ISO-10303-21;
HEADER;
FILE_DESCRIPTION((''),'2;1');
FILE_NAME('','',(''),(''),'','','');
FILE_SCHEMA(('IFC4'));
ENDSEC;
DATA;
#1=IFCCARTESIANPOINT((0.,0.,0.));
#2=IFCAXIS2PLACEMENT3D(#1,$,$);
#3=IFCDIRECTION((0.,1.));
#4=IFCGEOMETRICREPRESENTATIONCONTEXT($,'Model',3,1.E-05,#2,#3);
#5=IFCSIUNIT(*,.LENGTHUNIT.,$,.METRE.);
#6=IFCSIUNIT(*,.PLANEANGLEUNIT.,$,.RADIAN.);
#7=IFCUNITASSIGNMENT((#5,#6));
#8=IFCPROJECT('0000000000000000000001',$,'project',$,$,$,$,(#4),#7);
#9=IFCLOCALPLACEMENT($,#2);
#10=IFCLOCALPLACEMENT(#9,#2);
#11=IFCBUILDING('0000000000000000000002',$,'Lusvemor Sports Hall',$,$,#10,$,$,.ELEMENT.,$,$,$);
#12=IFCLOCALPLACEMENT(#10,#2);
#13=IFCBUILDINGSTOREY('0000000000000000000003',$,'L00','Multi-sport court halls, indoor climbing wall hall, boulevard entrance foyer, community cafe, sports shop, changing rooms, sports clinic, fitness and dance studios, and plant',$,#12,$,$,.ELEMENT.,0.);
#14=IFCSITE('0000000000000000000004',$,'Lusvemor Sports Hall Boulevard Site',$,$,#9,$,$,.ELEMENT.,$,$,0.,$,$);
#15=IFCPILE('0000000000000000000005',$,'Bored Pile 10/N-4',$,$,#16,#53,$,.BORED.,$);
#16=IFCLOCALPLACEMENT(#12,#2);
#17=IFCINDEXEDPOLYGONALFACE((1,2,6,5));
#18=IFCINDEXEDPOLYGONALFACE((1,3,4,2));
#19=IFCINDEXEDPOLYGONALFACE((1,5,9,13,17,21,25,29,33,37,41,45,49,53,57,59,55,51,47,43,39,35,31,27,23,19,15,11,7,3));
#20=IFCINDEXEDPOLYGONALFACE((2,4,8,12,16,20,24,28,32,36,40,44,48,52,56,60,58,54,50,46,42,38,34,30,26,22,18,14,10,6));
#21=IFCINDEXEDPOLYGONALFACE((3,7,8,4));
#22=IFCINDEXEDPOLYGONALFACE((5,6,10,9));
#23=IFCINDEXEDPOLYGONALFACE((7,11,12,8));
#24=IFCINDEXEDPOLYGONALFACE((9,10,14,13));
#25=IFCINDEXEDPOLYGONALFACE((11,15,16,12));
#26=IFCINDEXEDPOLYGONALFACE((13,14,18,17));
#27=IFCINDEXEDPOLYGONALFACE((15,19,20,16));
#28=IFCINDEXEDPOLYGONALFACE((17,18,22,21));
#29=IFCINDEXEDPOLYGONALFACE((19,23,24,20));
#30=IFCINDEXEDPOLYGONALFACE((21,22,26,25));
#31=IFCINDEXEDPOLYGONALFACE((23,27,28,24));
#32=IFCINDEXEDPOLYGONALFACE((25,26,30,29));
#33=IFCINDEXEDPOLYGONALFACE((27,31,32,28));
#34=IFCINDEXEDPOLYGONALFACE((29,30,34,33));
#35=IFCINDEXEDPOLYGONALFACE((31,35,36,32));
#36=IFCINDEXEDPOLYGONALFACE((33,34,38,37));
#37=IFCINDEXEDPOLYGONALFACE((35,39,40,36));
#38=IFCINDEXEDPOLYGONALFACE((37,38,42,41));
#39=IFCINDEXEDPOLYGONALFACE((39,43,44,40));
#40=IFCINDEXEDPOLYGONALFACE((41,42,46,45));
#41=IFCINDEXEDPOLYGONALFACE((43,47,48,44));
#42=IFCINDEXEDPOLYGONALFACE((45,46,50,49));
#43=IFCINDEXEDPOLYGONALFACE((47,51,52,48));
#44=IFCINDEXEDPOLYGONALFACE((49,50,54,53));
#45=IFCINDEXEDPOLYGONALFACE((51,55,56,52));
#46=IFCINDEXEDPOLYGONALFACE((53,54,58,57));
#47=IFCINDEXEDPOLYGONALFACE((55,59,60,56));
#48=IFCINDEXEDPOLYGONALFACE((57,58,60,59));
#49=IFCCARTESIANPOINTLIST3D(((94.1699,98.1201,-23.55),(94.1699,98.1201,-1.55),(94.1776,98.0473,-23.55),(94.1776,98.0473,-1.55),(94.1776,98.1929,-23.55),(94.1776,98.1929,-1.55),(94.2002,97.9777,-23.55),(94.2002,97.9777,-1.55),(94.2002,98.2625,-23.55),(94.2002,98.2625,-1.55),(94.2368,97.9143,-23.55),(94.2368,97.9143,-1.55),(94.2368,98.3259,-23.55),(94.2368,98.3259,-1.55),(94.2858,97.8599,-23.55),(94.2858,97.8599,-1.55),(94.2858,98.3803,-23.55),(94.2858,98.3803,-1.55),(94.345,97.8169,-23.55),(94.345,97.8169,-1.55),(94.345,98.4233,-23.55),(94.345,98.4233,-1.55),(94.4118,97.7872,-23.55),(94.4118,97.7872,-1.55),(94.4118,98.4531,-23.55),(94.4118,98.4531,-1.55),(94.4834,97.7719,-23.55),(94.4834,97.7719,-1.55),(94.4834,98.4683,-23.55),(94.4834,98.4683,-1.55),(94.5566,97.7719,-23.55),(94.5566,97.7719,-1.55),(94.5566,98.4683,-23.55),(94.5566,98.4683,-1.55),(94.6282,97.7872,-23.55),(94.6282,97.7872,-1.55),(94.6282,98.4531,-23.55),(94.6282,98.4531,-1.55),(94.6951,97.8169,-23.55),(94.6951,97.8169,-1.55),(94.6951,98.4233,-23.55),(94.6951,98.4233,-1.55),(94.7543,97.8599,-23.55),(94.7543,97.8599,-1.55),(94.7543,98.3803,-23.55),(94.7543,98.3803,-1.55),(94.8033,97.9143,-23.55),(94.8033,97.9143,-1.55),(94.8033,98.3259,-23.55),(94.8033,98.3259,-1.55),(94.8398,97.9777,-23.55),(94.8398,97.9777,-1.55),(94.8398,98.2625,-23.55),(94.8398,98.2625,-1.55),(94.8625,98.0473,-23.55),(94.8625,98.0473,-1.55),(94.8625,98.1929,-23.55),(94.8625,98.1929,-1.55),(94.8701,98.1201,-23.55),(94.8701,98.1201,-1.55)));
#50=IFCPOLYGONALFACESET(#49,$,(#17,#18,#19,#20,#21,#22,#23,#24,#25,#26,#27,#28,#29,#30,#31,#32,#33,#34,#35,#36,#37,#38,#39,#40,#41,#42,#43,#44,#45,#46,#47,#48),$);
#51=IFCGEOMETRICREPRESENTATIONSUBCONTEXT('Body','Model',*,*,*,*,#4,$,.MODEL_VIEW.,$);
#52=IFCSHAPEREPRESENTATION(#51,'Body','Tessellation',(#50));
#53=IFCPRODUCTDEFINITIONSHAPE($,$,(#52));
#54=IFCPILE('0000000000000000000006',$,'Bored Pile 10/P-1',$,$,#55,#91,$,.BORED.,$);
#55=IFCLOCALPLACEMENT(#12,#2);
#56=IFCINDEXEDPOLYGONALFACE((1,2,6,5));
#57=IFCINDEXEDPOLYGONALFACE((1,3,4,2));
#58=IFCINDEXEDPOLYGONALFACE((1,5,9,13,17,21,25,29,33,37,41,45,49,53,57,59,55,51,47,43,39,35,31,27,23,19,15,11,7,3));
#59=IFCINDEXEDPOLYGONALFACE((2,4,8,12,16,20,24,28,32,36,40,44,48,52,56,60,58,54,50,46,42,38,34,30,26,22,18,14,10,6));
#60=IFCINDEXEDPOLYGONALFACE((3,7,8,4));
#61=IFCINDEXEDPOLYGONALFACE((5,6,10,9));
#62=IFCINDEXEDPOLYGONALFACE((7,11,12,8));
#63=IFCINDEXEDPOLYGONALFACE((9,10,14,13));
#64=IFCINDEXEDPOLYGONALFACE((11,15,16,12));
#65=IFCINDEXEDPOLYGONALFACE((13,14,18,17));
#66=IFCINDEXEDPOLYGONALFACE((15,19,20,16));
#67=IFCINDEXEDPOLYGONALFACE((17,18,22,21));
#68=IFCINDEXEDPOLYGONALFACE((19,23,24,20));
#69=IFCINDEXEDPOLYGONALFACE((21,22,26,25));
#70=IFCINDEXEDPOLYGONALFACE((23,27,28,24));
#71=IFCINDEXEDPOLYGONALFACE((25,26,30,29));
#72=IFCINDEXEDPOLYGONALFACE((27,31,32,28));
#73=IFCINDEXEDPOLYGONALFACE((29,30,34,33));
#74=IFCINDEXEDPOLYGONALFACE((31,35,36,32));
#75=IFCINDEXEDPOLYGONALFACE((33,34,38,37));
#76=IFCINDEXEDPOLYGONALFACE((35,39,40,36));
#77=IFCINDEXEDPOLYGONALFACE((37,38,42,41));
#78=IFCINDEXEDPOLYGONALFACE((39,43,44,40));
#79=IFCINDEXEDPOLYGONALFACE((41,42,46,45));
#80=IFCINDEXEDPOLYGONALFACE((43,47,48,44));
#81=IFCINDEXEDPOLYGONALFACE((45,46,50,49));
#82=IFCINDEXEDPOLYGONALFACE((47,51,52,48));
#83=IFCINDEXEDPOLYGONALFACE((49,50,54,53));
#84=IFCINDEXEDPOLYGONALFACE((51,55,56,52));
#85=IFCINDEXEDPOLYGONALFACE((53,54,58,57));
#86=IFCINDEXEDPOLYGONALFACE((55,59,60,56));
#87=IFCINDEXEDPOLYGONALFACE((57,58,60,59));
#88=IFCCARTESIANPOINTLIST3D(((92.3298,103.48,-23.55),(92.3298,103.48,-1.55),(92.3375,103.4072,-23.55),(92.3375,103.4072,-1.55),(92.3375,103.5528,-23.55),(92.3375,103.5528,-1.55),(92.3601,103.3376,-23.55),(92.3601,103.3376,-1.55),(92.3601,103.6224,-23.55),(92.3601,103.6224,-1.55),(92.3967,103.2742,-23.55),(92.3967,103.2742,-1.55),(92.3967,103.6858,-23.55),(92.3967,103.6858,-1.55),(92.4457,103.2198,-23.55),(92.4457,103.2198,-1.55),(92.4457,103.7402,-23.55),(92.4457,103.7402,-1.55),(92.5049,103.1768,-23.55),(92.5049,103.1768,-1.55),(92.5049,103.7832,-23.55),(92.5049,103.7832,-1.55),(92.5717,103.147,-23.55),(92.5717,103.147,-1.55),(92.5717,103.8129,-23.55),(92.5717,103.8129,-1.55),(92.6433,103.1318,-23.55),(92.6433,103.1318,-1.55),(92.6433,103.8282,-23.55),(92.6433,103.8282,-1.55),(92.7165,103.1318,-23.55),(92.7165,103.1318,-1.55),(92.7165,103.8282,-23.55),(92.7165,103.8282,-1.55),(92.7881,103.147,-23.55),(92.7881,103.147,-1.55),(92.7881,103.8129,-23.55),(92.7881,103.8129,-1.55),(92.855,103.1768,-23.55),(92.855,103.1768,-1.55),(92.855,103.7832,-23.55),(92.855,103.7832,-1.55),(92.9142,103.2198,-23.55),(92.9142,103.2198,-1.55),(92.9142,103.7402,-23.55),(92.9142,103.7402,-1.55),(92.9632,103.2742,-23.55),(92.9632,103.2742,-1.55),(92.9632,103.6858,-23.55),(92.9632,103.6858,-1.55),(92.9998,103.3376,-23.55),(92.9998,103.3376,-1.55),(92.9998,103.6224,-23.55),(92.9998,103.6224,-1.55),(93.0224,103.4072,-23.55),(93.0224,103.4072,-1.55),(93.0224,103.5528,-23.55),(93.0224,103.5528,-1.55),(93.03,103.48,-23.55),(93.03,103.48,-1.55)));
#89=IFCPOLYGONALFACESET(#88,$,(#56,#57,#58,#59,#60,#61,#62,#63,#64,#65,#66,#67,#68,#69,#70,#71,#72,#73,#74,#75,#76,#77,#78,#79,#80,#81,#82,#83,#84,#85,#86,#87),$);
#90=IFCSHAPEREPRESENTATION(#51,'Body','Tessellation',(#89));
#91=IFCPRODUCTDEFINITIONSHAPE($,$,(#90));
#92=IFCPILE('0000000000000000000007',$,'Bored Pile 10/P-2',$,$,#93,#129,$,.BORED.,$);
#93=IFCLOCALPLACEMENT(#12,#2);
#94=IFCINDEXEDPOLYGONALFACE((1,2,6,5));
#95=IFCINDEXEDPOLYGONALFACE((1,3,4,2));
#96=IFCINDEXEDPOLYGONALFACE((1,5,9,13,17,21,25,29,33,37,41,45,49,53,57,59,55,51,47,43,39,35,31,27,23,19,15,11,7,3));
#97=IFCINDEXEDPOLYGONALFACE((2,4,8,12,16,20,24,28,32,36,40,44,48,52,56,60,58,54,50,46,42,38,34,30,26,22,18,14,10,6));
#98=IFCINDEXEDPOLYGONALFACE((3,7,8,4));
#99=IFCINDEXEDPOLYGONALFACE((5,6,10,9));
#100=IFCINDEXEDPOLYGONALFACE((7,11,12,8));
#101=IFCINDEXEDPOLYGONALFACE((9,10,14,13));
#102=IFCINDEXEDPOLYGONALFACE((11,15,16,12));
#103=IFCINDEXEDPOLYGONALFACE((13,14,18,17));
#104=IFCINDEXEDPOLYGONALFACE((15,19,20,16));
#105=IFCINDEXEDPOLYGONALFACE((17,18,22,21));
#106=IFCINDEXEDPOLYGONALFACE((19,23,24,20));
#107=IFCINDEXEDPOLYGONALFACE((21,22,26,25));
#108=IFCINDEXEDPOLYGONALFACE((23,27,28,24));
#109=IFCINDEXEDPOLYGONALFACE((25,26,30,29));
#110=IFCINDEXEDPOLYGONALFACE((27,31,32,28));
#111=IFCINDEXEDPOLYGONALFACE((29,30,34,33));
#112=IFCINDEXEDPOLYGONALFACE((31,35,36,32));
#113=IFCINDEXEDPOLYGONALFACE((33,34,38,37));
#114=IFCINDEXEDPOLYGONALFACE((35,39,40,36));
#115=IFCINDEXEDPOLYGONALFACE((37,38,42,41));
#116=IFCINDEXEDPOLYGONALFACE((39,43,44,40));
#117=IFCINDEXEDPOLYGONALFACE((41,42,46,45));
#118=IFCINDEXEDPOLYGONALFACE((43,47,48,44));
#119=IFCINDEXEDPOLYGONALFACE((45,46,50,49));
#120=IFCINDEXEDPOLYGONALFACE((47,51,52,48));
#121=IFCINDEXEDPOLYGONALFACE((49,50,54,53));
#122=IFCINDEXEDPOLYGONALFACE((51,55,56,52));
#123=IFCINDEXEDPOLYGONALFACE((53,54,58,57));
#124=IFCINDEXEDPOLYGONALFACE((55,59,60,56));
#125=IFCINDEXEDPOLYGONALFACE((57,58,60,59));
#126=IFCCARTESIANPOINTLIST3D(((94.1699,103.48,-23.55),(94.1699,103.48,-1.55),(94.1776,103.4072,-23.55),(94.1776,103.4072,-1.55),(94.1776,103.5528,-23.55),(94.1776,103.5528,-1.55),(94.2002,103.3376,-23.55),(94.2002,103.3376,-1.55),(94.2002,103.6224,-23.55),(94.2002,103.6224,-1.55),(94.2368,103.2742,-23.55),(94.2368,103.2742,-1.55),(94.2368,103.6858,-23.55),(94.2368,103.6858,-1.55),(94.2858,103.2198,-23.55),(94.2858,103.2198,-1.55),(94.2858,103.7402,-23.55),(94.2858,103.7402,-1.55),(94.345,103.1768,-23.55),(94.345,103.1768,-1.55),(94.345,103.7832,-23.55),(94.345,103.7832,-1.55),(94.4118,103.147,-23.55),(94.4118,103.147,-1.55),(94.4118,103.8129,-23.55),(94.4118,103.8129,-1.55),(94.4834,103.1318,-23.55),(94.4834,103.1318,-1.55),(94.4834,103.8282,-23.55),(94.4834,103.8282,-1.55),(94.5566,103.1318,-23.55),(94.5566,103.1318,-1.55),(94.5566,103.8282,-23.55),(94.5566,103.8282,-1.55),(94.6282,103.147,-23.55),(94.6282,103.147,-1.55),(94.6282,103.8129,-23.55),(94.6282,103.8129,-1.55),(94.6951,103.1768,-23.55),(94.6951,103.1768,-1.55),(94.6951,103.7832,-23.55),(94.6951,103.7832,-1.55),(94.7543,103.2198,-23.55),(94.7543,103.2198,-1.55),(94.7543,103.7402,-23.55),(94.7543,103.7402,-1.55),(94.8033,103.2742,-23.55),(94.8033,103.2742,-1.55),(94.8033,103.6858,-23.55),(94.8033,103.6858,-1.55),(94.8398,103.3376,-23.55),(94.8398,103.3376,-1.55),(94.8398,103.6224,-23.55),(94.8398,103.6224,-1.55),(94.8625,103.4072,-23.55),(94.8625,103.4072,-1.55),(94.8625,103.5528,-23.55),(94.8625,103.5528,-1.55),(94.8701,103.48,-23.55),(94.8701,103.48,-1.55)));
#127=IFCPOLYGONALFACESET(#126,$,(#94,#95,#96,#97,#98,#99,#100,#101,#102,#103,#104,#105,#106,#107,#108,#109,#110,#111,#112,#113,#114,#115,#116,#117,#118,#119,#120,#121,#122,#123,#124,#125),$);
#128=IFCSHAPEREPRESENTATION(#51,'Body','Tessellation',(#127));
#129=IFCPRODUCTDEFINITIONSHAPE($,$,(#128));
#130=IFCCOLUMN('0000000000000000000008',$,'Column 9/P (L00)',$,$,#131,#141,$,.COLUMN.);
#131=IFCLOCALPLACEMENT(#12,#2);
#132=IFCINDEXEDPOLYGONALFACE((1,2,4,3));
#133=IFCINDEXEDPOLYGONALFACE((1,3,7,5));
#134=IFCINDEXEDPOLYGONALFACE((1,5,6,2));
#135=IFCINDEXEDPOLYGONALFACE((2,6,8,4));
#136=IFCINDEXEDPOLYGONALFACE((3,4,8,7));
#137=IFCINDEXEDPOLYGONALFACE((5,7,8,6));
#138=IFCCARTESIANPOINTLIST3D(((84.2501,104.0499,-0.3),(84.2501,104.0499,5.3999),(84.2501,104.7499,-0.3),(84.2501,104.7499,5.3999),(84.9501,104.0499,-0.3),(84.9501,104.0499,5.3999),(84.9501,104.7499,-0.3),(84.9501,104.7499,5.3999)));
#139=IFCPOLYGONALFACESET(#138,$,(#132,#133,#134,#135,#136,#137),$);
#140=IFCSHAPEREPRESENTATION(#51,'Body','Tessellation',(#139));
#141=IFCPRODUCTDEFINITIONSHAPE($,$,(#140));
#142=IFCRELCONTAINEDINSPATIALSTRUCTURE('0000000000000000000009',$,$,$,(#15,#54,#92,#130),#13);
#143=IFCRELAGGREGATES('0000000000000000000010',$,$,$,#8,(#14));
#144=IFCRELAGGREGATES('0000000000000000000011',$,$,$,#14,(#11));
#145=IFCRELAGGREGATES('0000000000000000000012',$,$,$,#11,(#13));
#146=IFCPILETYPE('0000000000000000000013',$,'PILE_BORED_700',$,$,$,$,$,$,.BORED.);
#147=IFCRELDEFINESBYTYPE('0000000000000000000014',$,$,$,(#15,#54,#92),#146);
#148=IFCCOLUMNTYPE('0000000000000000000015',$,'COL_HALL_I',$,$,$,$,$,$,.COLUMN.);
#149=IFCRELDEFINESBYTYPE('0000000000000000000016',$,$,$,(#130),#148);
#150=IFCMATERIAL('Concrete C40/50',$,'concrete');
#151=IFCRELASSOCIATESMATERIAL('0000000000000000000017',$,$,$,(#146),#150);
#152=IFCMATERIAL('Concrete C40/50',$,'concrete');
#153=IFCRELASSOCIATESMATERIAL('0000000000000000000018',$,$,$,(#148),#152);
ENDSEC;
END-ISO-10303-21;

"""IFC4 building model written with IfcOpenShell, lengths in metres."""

from ifc_helpers import new_model, si_unit, direction, frame, origin, origin_2d, place, context, subcontext, project, spatial, rectangle, circle, extrude, material, material_profile, profile_set, type_object, element, save


model = new_model("IFC4")

# Units and contexts
model_context = context("Model", 3, precision=1e-05, world=origin(), true_north=direction((0.0, 1.0)))
body_context = subcontext(model_context, "Body", "Model", "MODEL_VIEW")
ifc_project = project(units=[si_unit("LENGTHUNIT", "METRE"), si_unit("PLANEANGLEUNIT", "RADIAN")], contexts=[model_context])

# Site, building, storey
site_placement = place(None, origin())
site = spatial("IfcSite", under=ifc_project, at=site_placement, Name="Lusvemor Sports Hall Boulevard Site", CompositionType="ELEMENT", RefElevation=0.0)
building_placement = place(site_placement, origin())
building = spatial("IfcBuilding", under=site, at=building_placement, Name="Lusvemor Sports Hall", CompositionType="ELEMENT")
storey_placement = place(building_placement, origin())
storey = spatial("IfcBuildingStorey", under=building, at=storey_placement, Name="L00", Description="Multi-sport court halls, indoor climbing wall hall, boulevard entrance foyer, community cafe, sports shop, changing rooms, sports clinic, fitness and dance studios, and plant", CompositionType="ELEMENT", Elevation=0.0)

# Piles
ifc_material_1 = material(Name="Concrete C40/50", Category="concrete")
ifc_material_profile_1 = material_profile(ifc_material_1, circle(Radius=0.3501, at=origin_2d()), Name="PILE700")
ifc_profile_set_1 = profile_set([ifc_material_profile_1], Name="Concrete C40/50")
pile_type = type_object("IfcPileType", Name="PILE_BORED_700", PredefinedType="BORED", material=ifc_profile_set_1)
for number, where, z_axis, x_axis, name in (
    (1, (94.52, 98.1201, -1.55), (0.0, 0.0, -1.0), (1.0, 0.0, 0.0), "Bored Pile 10/N-4"),
    (2, (92.6799, 103.48, -1.55), (0.0, 0.0, -1.0), (1.0, 0.0, 0.0), "Bored Pile 10/P-1"),
    (3, (94.52, 103.48, -1.55), (0.0, 0.0, -1.0), (1.0, 0.0, 0.0), "Bored Pile 10/P-2"),
):
    element("IfcPile", number, at=place(storey_placement, frame(where, z_axis=z_axis, x_axis=x_axis)), inside=storey, type_object=pile_type, Name=name, PredefinedType="BORED", context=body_context, shape_type="SweptSolid", body=[
        extrude(circle(Radius=0.3501, at=origin_2d()), origin(), (0.0, 0.0, 1.0), 22.0),
    ])

# Column
ifc_material_2 = material(Name="Concrete C40/50", Category="concrete")
ifc_material_profile_2 = material_profile(ifc_material_2, rectangle(XDim=0.7, YDim=0.7, at=origin_2d()), Name="RC700x700")
ifc_profile_set_2 = profile_set([ifc_material_profile_2], Name="Concrete C40/50")
column_type = type_object("IfcColumnType", Name="COL_HALL_I", PredefinedType="COLUMN", material=ifc_profile_set_2)
column_placement = place(storey_placement, frame((84.6001, 104.3999, -0.3), z_axis=(0.0, 0.0, 1.0), x_axis=(1.0, 0.0, 0.0)))
element("IfcColumn", 4, at=column_placement, inside=storey, type_object=column_type, Name="Column 9/P (L00)", PredefinedType="COLUMN", context=body_context, shape_type="SweptSolid", body=[
    extrude(rectangle(XDim=0.7, YDim=0.7, at=origin_2d()), origin(), (0.0, 0.0, 1.0), 5.7),
])

save(model, "model.ifc")
